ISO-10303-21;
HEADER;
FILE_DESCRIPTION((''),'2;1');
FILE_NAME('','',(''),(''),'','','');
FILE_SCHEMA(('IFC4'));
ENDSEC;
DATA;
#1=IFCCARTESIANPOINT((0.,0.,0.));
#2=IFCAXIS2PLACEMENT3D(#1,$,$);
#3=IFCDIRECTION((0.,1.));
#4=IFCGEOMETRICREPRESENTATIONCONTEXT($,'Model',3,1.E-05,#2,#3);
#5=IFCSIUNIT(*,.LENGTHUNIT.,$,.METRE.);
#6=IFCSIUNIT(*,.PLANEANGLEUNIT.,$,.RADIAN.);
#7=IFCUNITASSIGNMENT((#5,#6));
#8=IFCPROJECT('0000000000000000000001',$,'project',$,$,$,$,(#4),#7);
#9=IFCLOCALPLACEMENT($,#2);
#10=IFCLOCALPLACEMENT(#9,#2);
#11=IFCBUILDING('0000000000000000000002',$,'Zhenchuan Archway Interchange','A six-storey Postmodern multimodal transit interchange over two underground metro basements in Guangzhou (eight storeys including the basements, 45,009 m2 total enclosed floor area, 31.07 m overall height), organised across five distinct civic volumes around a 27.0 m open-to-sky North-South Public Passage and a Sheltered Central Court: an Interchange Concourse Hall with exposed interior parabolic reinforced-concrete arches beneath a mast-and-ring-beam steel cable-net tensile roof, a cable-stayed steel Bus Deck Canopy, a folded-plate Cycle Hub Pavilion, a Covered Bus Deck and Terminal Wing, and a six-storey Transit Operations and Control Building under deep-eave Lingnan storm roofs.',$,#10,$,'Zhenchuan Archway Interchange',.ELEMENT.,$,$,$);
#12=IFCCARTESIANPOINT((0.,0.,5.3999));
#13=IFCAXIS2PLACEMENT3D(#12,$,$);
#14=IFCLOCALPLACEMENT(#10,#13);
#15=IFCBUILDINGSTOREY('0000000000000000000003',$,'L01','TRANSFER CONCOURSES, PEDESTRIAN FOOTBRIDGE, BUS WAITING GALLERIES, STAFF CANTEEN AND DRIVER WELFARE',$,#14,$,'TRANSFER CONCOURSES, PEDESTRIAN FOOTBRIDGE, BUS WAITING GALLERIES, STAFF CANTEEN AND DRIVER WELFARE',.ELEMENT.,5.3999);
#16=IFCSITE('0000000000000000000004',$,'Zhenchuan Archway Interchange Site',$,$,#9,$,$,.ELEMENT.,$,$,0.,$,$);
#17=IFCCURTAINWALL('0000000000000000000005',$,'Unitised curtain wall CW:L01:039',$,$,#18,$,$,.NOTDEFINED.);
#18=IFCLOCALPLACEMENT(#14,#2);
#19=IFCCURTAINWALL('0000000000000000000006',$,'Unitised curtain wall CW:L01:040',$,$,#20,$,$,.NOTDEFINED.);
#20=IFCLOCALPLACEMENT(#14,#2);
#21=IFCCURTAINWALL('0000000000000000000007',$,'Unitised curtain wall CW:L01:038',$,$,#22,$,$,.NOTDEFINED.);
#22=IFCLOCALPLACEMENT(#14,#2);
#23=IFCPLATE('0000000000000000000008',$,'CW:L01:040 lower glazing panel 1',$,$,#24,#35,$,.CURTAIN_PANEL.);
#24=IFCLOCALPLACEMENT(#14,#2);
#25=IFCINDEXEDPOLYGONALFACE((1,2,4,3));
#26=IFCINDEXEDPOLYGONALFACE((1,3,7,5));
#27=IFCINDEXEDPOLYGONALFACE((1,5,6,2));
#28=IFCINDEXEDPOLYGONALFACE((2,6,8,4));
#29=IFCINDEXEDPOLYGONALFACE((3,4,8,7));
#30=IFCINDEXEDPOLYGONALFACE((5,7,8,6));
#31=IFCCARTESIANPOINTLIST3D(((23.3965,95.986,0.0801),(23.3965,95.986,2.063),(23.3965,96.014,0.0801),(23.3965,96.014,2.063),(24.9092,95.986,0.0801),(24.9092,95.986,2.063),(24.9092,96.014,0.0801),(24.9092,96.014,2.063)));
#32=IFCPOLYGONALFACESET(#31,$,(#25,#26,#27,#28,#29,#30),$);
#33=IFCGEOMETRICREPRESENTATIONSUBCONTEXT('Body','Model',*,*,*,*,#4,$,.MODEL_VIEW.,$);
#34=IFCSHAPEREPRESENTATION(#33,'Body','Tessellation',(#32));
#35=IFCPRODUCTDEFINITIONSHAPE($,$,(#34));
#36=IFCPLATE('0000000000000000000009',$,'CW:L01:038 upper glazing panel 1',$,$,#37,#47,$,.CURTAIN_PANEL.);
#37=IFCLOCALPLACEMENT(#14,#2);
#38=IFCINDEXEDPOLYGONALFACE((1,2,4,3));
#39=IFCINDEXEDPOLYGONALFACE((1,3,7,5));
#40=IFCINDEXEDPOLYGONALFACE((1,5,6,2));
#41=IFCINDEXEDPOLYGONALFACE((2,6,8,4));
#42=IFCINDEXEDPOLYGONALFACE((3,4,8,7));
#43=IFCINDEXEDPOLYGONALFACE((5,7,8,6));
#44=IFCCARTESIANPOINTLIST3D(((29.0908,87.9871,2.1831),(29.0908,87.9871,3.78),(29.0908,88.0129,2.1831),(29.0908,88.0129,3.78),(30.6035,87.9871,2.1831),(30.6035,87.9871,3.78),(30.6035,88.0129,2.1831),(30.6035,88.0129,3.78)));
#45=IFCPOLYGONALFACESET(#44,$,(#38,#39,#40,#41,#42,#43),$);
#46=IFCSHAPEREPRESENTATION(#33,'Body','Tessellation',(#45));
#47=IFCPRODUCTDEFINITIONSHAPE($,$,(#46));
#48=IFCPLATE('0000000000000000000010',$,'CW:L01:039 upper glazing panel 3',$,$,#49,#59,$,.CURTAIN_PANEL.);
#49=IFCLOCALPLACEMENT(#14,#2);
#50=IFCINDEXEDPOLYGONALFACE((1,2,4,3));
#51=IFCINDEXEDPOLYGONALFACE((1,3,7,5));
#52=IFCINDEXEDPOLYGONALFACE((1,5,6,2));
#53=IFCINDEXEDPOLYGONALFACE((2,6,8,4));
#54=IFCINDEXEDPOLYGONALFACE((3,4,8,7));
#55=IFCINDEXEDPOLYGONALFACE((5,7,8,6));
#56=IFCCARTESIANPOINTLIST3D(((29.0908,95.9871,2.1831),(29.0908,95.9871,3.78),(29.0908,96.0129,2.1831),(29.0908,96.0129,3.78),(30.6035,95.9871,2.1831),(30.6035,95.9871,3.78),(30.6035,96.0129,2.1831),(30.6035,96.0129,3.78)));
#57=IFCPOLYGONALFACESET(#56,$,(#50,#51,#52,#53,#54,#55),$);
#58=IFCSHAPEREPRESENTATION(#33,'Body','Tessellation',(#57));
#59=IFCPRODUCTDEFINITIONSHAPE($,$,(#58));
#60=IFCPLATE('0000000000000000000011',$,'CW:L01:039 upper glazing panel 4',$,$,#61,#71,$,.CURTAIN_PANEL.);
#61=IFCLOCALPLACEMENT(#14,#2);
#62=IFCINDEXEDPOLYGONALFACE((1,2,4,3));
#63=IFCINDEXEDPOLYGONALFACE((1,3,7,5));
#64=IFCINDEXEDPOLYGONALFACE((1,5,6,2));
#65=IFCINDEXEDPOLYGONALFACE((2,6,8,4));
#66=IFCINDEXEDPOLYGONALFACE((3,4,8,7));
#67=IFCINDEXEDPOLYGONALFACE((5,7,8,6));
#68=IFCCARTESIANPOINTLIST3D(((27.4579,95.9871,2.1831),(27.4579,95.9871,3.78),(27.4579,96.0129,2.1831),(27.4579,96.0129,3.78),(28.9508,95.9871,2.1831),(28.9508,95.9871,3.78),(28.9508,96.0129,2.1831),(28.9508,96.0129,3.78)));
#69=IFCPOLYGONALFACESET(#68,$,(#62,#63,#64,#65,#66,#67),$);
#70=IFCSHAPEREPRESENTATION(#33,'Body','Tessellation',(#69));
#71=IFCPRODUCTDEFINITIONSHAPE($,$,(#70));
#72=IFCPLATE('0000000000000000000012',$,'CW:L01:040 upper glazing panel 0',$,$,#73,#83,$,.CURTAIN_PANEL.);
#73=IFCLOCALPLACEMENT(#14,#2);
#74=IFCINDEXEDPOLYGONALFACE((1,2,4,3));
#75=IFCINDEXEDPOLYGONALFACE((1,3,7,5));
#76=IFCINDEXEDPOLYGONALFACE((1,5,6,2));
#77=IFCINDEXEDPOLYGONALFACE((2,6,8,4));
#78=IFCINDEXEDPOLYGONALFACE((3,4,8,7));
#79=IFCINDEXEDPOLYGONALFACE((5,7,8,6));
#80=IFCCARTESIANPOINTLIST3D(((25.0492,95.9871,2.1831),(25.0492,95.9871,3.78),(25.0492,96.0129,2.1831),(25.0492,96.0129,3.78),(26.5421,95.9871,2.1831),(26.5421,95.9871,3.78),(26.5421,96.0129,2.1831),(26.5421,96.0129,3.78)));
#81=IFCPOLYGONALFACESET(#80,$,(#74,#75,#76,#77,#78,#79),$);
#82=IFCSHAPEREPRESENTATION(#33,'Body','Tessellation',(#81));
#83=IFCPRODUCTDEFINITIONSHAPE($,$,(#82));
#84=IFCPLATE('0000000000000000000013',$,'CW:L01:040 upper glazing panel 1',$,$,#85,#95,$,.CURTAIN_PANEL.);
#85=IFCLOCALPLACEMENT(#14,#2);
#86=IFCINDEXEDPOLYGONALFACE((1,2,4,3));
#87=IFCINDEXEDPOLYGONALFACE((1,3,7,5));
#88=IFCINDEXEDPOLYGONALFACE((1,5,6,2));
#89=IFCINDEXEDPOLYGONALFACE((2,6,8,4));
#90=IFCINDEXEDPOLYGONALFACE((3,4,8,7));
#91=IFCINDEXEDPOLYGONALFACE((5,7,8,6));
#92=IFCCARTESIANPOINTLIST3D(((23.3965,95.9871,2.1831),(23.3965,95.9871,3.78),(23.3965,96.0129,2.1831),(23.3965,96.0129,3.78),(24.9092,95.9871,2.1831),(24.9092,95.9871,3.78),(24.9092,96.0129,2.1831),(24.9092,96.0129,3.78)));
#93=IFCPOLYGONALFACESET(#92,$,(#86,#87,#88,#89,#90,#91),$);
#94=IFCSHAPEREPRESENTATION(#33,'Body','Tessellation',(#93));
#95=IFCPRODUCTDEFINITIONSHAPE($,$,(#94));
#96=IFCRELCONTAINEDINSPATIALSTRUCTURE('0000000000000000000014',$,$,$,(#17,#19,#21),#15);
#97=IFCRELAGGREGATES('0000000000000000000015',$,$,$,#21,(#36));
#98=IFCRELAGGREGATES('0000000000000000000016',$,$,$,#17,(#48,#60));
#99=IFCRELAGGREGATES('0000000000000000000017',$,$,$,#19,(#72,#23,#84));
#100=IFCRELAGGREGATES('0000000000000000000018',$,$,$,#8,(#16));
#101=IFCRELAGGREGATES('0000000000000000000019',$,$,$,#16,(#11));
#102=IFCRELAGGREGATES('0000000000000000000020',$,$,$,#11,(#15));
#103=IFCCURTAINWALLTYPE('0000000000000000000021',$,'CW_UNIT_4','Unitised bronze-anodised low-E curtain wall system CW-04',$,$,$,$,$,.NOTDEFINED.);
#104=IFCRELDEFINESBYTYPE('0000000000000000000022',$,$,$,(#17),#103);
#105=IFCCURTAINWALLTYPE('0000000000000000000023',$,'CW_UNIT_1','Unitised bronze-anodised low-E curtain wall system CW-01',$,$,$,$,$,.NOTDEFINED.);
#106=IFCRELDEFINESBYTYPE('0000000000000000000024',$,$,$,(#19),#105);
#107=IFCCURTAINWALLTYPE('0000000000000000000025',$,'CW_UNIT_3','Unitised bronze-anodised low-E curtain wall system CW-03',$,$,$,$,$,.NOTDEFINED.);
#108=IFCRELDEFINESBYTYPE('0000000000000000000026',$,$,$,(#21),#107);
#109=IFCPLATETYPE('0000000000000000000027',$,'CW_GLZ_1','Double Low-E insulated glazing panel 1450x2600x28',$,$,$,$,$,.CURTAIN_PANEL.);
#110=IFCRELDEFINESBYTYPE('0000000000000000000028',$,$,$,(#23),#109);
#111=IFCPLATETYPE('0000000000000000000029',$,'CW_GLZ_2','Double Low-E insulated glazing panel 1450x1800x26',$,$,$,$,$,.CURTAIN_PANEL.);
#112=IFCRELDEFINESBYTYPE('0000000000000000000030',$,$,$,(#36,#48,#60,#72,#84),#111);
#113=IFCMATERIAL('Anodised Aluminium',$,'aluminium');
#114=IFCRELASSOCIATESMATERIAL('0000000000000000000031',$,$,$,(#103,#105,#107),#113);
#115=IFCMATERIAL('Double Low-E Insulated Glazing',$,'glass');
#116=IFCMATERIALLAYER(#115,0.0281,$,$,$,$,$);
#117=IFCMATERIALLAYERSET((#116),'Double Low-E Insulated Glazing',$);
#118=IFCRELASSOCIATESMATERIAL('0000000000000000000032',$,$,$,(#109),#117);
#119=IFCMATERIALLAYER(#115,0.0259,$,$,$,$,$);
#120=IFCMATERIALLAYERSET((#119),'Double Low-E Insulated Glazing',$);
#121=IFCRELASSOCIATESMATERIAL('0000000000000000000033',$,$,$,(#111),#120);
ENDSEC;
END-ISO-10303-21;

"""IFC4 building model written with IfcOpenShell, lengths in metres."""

from ifc_helpers import new_model, si_unit, direction, frame, origin, origin_2d, place, context, subcontext, project, spatial, rectangle, extrude, material, layer, layer_set, type_object, element, aggregate, save


model = new_model("IFC4")

# Units and contexts
model_context = context("Model", 3, precision=1e-05, world=origin(), true_north=direction((0.0, 1.0)))
body_context = subcontext(model_context, "Body", "Model", "MODEL_VIEW")
ifc_project = project(units=[si_unit("LENGTHUNIT", "METRE"), si_unit("PLANEANGLEUNIT", "RADIAN")], contexts=[model_context])

# Site, building, storey
site_placement = place(None, origin())
site = spatial("IfcSite", under=ifc_project, at=site_placement, Name="Zhenchuan Archway Interchange Site", CompositionType="ELEMENT", RefElevation=0.0)
building_placement = place(site_placement, origin())
building = spatial("IfcBuilding", under=site, at=building_placement, Name="Zhenchuan Archway Interchange", Description="A six-storey Postmodern multimodal transit interchange over two underground metro basements in Guangzhou (eight storeys including the basements, 45,009 m2 total enclosed floor area, 31.07 m overall height), organised across five distinct civic volumes around a 27.0 m open-to-sky North-South Public Passage and a Sheltered Central Court: an Interchange Concourse Hall with exposed interior parabolic reinforced-concrete arches beneath a mast-and-ring-beam steel cable-net tensile roof, a cable-stayed steel Bus Deck Canopy, a folded-plate Cycle Hub Pavilion, a Covered Bus Deck and Terminal Wing, and a six-storey Transit Operations and Control Building under deep-eave Lingnan storm roofs.", LongName="Zhenchuan Archway Interchange", CompositionType="ELEMENT")
storey_placement = place(building_placement, frame((0.0, 0.0, 5.3999)))
storey = spatial("IfcBuildingStorey", under=building, at=storey_placement, Name="L01", Description="TRANSFER CONCOURSES, PEDESTRIAN FOOTBRIDGE, BUS WAITING GALLERIES, STAFF CANTEEN AND DRIVER WELFARE", LongName="TRANSFER CONCOURSES, PEDESTRIAN FOOTBRIDGE, BUS WAITING GALLERIES, STAFF CANTEEN AND DRIVER WELFARE", CompositionType="ELEMENT", Elevation=5.3999)

# Curtain walls
ifc_material_1 = material(Name="Anodised Aluminium", Category="aluminium")
curtain_wall_type_1 = type_object("IfcCurtainWallType", Name="CW_UNIT_4", Description="Unitised bronze-anodised low-E curtain wall system CW-04", PredefinedType="NOTDEFINED", material=ifc_material_1)
curtain_wall_1_placement = place(storey_placement, origin())
curtain_wall_1 = element("IfcCurtainWall", 1, at=curtain_wall_1_placement, inside=storey, type_object=curtain_wall_type_1, Name="Unitised curtain wall CW:L01:039", PredefinedType="NOTDEFINED")
curtain_wall_type_2 = type_object("IfcCurtainWallType", Name="CW_UNIT_1", Description="Unitised bronze-anodised low-E curtain wall system CW-01", PredefinedType="NOTDEFINED", material=ifc_material_1)
curtain_wall_2_placement = place(storey_placement, origin())
curtain_wall_2 = element("IfcCurtainWall", 2, at=curtain_wall_2_placement, inside=storey, type_object=curtain_wall_type_2, Name="Unitised curtain wall CW:L01:040", PredefinedType="NOTDEFINED")

# Curtain wall
curtain_wall_type_3 = type_object("IfcCurtainWallType", Name="CW_UNIT_3", Description="Unitised bronze-anodised low-E curtain wall system CW-03", PredefinedType="NOTDEFINED", material=ifc_material_1)
curtain_wall_3_placement = place(storey_placement, origin())
curtain_wall_3 = element("IfcCurtainWall", 3, at=curtain_wall_3_placement, inside=storey, type_object=curtain_wall_type_3, Name="Unitised curtain wall CW:L01:038", PredefinedType="NOTDEFINED")
ifc_material_2 = material(Name="Double Low-E Insulated Glazing", Category="glass")
ifc_layer_1 = layer(ifc_material_2, 0.0281)
ifc_layer_set_1 = layer_set([ifc_layer_1], Name="Double Low-E Insulated Glazing")
plate_type_1 = type_object("IfcPlateType", Name="CW_GLZ_1", Description="Double Low-E insulated glazing panel 1450x2600x28", PredefinedType="CURTAIN_PANEL", material=ifc_layer_set_1)

# Plates
plate_1_placement = place(storey_placement, frame((24.1528, 96.0, 0.0801), z_axis=(0.0, 0.0, 1.0), x_axis=(-1.0, 0.0, 0.0)))
plate_1 = element("IfcPlate", 4, at=plate_1_placement, type_object=plate_type_1, Name="CW:L01:040 lower glazing panel 1", PredefinedType="CURTAIN_PANEL", context=body_context, shape_type="SweptSolid", body=[
    extrude(rectangle(XDim=1.5127, YDim=0.0281, at=origin_2d()), origin(), (0.0, 0.0, 1.0), 1.9829),
])
ifc_layer_2 = layer(ifc_material_2, 0.0259)
ifc_layer_set_2 = layer_set([ifc_layer_2], Name="Double Low-E Insulated Glazing")
plate_type_2 = type_object("IfcPlateType", Name="CW_GLZ_2", Description="Double Low-E insulated glazing panel 1450x1800x26", PredefinedType="CURTAIN_PANEL", material=ifc_layer_set_2)
plate_2_placement = place(storey_placement, frame((29.8472, 88.0, 2.1831), z_axis=(0.0, 0.0, 1.0), x_axis=(1.0, 0.0, 0.0)))
plate_2 = element("IfcPlate", 5, at=plate_2_placement, type_object=plate_type_2, Name="CW:L01:038 upper glazing panel 1", PredefinedType="CURTAIN_PANEL", context=body_context, shape_type="SweptSolid", body=[
    extrude(rectangle(XDim=1.5127, YDim=0.0259, at=origin_2d()), origin(), (0.0, 0.0, 1.0), 1.5969),
])
aggregate(curtain_wall_3, [plate_2])
plate_3_placement = place(storey_placement, frame((29.8472, 96.0, 2.1831), z_axis=(0.0, 0.0, 1.0), x_axis=(-1.0, 0.0, 0.0)))
plate_3 = element("IfcPlate", 6, at=plate_3_placement, type_object=plate_type_2, Name="CW:L01:039 upper glazing panel 3", PredefinedType="CURTAIN_PANEL", context=body_context, shape_type="SweptSolid", body=[
    extrude(rectangle(XDim=1.5127, YDim=0.0259, at=origin_2d()), origin(), (0.0, 0.0, 1.0), 1.5969),
])
plate_4_placement = place(storey_placement, frame((28.2043, 96.0, 2.1831), z_axis=(0.0, 0.0, 1.0), x_axis=(-1.0, 0.0, 0.0)))
plate_4 = element("IfcPlate", 7, at=plate_4_placement, type_object=plate_type_2, Name="CW:L01:039 upper glazing panel 4", PredefinedType="CURTAIN_PANEL", context=body_context, shape_type="SweptSolid", body=[
    extrude(rectangle(XDim=1.4929, YDim=0.0259, at=origin_2d()), origin(), (0.0, 0.0, 1.0), 1.5969),
])
aggregate(curtain_wall_1, [plate_3, plate_4])
plate_5_placement = place(storey_placement, frame((25.7957, 96.0, 2.1831), z_axis=(0.0, 0.0, 1.0), x_axis=(-1.0, 0.0, 0.0)))
plate_5 = element("IfcPlate", 8, at=plate_5_placement, type_object=plate_type_2, Name="CW:L01:040 upper glazing panel 0", PredefinedType="CURTAIN_PANEL", context=body_context, shape_type="SweptSolid", body=[
    extrude(rectangle(XDim=1.4929, YDim=0.0259, at=origin_2d()), origin(), (0.0, 0.0, 1.0), 1.5969),
])
plate_6_placement = place(storey_placement, frame((24.1528, 96.0, 2.1831), z_axis=(0.0, 0.0, 1.0), x_axis=(-1.0, 0.0, 0.0)))
plate_6 = element("IfcPlate", 9, at=plate_6_placement, type_object=plate_type_2, Name="CW:L01:040 upper glazing panel 1", PredefinedType="CURTAIN_PANEL", context=body_context, shape_type="SweptSolid", body=[
    extrude(rectangle(XDim=1.5127, YDim=0.0259, at=origin_2d()), origin(), (0.0, 0.0, 1.0), 1.5969),
])
aggregate(curtain_wall_2, [plate_5, plate_1, plate_6])

save(model, "model.ifc")
